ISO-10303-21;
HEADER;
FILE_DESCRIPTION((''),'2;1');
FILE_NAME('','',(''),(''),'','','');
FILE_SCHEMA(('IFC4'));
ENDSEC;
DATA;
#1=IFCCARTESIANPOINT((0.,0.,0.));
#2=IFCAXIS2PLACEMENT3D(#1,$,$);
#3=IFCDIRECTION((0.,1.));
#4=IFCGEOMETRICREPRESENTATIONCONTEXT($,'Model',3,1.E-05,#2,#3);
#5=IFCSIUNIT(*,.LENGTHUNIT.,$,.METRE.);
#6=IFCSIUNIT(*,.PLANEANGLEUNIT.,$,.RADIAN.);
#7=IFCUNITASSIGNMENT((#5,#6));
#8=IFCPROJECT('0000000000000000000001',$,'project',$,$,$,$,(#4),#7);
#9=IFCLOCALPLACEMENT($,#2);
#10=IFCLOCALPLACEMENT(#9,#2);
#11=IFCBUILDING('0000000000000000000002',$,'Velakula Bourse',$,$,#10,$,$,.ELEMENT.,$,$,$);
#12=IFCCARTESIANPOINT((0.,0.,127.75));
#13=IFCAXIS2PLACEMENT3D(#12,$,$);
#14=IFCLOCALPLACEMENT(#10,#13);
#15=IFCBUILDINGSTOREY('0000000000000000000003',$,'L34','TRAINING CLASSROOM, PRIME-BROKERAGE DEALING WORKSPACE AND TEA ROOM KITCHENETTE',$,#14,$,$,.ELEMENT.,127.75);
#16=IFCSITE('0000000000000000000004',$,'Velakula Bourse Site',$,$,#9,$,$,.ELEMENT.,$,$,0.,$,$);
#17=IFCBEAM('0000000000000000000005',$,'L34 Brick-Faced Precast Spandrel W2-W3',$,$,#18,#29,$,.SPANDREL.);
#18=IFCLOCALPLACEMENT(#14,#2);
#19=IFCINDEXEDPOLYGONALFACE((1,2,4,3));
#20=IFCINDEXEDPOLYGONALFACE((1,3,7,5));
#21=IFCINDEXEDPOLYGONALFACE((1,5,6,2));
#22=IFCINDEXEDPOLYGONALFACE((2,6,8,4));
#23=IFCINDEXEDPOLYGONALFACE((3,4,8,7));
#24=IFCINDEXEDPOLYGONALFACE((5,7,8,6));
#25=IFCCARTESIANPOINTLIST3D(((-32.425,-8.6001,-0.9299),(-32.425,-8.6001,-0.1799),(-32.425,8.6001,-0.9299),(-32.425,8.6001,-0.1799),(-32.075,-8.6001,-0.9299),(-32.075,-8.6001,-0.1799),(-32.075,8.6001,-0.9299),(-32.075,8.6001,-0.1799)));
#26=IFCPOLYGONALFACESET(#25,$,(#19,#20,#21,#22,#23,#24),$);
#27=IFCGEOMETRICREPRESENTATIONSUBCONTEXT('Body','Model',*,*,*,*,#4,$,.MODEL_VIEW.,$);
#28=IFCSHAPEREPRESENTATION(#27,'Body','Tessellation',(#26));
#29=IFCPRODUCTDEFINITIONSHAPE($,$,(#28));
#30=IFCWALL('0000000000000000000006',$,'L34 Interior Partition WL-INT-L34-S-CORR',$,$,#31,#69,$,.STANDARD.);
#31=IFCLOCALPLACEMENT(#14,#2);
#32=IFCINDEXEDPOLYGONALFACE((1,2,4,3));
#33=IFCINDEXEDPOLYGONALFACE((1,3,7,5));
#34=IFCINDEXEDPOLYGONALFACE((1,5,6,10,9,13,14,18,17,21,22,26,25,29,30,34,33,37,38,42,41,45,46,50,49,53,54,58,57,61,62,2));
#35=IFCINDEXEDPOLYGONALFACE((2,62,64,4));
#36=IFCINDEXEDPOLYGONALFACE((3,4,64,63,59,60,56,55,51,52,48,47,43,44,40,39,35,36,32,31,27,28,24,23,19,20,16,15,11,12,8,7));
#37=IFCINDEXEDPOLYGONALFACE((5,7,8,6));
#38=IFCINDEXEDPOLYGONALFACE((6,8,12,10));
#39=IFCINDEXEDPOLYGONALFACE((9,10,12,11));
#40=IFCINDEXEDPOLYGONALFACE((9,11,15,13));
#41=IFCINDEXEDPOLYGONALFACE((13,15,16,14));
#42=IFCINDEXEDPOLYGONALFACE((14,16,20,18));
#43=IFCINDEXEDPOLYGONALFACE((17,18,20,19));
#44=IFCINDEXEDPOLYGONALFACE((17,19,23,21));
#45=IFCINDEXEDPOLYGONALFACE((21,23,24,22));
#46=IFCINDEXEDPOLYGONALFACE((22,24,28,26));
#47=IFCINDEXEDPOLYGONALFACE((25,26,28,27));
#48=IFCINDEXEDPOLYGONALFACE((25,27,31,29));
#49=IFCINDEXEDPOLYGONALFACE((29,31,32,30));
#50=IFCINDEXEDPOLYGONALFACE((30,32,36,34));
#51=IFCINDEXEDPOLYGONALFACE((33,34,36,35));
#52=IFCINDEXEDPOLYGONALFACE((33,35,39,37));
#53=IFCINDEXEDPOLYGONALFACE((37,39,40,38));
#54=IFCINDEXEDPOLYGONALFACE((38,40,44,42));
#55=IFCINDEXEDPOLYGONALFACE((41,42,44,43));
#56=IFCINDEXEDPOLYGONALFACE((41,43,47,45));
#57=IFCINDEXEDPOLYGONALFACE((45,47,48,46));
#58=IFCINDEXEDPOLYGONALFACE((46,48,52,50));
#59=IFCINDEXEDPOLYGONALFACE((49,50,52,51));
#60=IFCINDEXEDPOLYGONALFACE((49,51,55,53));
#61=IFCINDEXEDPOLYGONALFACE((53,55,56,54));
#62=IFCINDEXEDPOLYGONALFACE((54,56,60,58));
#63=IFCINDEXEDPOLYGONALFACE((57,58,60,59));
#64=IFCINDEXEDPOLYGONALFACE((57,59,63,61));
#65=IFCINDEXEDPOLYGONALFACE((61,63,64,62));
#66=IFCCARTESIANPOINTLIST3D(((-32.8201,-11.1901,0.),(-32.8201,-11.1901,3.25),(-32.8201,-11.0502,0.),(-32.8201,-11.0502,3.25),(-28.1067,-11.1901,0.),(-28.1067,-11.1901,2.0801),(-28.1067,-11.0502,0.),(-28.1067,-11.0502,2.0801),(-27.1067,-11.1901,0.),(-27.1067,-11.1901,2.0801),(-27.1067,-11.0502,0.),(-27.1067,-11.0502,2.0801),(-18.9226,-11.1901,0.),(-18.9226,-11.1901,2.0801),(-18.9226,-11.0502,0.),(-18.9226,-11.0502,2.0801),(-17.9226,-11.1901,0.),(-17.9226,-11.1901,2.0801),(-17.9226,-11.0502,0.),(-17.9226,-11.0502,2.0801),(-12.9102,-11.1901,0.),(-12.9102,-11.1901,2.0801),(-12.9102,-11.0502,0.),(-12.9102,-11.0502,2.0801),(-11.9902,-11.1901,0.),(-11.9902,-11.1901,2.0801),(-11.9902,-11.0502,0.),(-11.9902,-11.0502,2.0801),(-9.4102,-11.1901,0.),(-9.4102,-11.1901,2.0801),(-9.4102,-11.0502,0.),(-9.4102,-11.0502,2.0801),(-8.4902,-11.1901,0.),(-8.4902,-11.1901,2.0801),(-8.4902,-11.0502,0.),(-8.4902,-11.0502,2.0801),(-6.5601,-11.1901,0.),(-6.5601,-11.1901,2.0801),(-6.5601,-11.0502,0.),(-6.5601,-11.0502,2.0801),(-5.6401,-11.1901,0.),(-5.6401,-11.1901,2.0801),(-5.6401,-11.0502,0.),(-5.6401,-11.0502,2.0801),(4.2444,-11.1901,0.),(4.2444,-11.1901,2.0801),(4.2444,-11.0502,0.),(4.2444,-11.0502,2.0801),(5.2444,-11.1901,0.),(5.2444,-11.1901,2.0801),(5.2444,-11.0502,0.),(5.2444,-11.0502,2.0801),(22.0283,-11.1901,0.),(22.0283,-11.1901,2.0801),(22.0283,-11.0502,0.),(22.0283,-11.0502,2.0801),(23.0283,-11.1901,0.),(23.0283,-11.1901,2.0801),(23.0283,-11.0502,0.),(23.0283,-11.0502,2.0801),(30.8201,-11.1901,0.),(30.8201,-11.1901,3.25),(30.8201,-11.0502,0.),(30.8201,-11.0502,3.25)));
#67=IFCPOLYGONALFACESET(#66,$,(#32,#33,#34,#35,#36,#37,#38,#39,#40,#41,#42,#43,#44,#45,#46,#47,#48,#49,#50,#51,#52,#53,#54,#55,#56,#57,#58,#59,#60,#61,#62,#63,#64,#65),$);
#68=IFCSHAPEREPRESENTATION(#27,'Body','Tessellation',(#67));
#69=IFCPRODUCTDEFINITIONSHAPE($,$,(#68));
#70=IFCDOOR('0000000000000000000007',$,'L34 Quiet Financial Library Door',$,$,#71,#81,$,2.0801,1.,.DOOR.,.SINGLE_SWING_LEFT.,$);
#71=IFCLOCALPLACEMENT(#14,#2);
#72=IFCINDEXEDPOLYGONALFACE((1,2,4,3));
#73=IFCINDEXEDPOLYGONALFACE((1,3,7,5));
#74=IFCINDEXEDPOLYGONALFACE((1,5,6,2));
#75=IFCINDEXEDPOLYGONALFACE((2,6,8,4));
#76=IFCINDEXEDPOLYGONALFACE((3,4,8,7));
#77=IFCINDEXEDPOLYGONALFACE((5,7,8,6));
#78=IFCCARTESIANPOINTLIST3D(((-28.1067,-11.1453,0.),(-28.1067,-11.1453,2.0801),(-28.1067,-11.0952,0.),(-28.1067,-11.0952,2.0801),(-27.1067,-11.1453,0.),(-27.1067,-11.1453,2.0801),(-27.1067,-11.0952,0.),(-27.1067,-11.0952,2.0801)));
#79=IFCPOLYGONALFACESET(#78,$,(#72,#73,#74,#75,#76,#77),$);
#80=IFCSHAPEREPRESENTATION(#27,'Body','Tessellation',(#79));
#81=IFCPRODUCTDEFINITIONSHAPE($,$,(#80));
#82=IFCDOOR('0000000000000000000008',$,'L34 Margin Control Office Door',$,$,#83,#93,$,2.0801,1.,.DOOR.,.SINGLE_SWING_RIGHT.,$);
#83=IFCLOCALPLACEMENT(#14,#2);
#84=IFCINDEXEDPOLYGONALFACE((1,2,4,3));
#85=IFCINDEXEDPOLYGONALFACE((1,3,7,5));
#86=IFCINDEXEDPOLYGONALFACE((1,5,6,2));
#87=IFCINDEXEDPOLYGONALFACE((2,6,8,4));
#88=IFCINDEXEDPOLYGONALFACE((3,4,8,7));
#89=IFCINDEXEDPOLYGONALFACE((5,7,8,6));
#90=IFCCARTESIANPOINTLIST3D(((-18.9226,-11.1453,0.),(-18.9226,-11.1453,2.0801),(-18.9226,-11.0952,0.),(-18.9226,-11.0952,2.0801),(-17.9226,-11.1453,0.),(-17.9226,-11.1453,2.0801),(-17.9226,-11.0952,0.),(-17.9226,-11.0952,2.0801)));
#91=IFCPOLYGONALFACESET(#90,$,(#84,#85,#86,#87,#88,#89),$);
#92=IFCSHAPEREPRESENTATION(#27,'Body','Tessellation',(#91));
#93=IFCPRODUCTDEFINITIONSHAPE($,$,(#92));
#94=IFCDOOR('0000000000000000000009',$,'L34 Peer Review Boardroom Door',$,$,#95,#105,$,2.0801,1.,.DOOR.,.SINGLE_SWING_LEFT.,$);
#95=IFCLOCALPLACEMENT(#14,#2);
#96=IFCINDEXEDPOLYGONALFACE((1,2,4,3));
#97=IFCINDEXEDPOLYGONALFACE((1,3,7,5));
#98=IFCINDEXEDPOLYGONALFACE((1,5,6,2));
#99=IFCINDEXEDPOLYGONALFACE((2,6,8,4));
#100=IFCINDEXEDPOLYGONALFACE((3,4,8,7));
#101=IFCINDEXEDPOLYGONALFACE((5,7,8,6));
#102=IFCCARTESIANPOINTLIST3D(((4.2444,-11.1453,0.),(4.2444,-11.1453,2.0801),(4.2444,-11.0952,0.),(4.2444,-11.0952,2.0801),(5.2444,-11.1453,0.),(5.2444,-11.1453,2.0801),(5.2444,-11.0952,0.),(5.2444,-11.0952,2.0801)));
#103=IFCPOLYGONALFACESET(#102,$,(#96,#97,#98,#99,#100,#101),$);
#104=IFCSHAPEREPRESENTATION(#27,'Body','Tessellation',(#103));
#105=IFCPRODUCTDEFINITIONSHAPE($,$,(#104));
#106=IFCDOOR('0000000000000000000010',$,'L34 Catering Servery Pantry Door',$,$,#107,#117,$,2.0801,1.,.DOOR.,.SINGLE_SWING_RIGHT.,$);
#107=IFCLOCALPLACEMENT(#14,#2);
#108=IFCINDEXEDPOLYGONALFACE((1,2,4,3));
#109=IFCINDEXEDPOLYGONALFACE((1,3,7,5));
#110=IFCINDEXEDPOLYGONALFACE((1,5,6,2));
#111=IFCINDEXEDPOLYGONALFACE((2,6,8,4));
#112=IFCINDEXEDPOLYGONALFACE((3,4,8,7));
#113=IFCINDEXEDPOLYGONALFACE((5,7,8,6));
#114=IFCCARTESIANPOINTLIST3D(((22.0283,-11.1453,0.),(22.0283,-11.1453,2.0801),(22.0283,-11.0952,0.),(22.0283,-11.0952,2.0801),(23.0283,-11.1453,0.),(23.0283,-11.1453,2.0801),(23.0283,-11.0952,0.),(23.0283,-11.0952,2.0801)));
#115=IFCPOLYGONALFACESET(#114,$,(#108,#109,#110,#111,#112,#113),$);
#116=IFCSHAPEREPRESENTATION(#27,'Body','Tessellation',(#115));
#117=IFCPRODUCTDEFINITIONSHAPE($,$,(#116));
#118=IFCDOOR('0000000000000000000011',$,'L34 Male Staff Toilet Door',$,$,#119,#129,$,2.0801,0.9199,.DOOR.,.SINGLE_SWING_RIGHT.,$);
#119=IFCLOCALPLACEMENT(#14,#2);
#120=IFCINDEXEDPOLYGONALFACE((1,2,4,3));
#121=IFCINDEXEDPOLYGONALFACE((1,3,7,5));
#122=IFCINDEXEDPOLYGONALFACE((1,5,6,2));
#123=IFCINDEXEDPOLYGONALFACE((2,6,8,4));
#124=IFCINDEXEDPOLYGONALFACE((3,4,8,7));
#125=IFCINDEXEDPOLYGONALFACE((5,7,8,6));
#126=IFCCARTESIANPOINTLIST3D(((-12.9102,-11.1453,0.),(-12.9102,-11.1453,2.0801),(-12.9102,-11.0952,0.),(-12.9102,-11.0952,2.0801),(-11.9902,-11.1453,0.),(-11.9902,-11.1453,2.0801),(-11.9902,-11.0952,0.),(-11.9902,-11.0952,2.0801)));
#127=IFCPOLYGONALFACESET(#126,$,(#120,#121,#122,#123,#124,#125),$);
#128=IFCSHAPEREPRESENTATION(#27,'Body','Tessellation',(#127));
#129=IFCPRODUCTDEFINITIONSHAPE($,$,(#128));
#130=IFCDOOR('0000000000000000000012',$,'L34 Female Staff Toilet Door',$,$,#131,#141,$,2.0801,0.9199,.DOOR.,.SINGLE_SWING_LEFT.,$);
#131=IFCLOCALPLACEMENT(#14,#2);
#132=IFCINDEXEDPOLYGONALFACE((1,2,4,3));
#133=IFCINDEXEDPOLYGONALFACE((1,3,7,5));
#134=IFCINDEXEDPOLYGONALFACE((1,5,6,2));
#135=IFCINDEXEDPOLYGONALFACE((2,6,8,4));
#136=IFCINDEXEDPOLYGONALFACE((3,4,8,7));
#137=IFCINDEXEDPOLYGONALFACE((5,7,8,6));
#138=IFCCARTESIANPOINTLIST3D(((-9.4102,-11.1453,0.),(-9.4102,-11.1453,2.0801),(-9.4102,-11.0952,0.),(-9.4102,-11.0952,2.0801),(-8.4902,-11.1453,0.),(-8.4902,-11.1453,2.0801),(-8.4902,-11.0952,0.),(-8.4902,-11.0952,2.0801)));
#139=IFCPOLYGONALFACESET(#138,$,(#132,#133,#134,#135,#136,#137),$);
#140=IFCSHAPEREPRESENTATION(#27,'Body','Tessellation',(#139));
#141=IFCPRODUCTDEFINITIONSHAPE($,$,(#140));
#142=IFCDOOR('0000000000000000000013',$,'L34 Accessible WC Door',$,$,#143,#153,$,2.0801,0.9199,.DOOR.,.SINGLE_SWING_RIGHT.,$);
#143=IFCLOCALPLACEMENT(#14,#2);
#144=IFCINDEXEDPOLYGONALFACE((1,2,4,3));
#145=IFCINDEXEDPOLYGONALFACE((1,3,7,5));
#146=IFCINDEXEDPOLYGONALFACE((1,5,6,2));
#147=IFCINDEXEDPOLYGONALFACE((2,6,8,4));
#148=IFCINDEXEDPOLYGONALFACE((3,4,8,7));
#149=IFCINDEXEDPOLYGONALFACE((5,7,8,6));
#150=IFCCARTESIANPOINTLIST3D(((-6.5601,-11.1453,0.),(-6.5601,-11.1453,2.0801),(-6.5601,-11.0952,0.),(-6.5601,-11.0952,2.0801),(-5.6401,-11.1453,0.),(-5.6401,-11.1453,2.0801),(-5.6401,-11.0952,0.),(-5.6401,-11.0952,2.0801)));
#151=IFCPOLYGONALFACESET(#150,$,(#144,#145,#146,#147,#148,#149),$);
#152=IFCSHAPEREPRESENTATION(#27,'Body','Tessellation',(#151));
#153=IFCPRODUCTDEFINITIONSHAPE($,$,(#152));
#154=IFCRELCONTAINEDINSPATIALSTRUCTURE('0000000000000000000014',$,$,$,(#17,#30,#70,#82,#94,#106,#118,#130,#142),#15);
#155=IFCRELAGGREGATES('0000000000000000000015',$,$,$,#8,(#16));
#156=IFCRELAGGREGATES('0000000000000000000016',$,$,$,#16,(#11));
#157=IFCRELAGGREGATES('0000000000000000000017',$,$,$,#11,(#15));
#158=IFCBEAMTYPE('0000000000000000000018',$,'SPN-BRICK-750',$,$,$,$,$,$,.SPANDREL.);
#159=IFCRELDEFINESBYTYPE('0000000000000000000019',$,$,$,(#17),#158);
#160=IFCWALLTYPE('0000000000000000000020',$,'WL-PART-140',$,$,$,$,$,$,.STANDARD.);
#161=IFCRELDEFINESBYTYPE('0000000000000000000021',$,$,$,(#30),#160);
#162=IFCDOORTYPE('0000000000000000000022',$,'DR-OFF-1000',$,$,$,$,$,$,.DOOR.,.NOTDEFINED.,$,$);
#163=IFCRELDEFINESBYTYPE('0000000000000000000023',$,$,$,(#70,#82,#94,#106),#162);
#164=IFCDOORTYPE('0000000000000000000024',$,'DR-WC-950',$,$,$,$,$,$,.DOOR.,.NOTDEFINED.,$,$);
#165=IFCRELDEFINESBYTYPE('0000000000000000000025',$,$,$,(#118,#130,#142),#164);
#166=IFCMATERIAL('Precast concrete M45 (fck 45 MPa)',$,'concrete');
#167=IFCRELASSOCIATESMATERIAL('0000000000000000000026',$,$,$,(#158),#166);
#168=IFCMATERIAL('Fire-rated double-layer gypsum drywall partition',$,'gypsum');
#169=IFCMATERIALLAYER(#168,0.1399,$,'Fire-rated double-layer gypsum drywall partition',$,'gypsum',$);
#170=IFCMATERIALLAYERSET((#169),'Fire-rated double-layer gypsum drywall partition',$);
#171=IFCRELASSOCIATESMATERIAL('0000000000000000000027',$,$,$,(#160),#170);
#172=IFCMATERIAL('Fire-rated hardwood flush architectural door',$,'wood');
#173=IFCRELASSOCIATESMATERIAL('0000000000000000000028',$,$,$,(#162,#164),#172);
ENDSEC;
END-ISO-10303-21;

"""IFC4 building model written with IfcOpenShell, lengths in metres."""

from ifc_helpers import new_model, si_unit, direction, frame, frame_2d, origin, origin_2d, place, context, subcontext, project, spatial, rectangle, extrude, material, layer, layer_set, material_profile, profile_set, type_object, element, fill, save


model = new_model("IFC4")

# Units and contexts
model_context = context("Model", 3, precision=1e-05, world=origin(), true_north=direction((0.0, 1.0)))
body_context = subcontext(model_context, "Body", "Model", "MODEL_VIEW")
ifc_project = project(units=[si_unit("LENGTHUNIT", "METRE"), si_unit("PLANEANGLEUNIT", "RADIAN")], contexts=[model_context])

# Site, building, storey
site_placement = place(None, origin())
site = spatial("IfcSite", under=ifc_project, at=site_placement, Name="Velakula Bourse Site", CompositionType="ELEMENT", RefElevation=0.0)
building_placement = place(site_placement, origin())
building = spatial("IfcBuilding", under=site, at=building_placement, Name="Velakula Bourse", CompositionType="ELEMENT")
storey_placement = place(building_placement, frame((0.0, 0.0, 127.75)))
storey = spatial("IfcBuildingStorey", under=building, at=storey_placement, Name="L34", Description="TRAINING CLASSROOM, PRIME-BROKERAGE DEALING WORKSPACE AND TEA ROOM KITCHENETTE", CompositionType="ELEMENT", Elevation=127.75)

# Beam
ifc_material_1 = material(Name="Precast concrete M45 (fck 45 MPa)", Category="concrete")
ifc_material_profile_1 = material_profile(ifc_material_1, rectangle(XDim=0.3501, YDim=0.75, at=origin_2d()), Name="Precast concrete M45 (fck 45 MPa)")
ifc_profile_set_1 = profile_set([ifc_material_profile_1], Name="Precast concrete M45 (fck 45 MPa)")
beam_type_1 = type_object("IfcBeamType", Name="SPN-BRICK-750", PredefinedType="SPANDREL", material=ifc_profile_set_1)
beam_1_placement = place(storey_placement, frame((-32.25, -8.6001, -0.5549), z_axis=(0.0, 1.0, 0.0), x_axis=(-1.0, 0.0, 0.0)))
element("IfcBeam", 1, at=beam_1_placement, inside=storey, type_object=beam_type_1, Name="L34 Brick-Faced Precast Spandrel W2-W3", PredefinedType="SPANDREL", context=body_context, shape_type="SweptSolid", body=[
    extrude(rectangle(XDim=0.3501, YDim=0.75, at=origin_2d()), origin(), (0.0, 0.0, 1.0), 17.2002),
])

# Wall, openings, doors
ifc_material_2 = material(Name="Fire-rated double-layer gypsum drywall partition", Category="gypsum")
ifc_layer = layer(ifc_material_2, 0.1399, Name="Fire-rated double-layer gypsum drywall partition", Category="gypsum")
ifc_layer_set = layer_set([ifc_layer], Name="Fire-rated double-layer gypsum drywall partition")
wall_type = type_object("IfcWallType", Name="WL-PART-140", PredefinedType="STANDARD", material=ifc_layer_set)
wall_1_placement = place(storey_placement, frame((-32.8201, -11.1201, 0.0), z_axis=(0.0, 0.0, 1.0), x_axis=(1.0, 0.0, 0.0)))
wall_1 = element("IfcWall", 2, at=wall_1_placement, inside=storey, type_object=wall_type, Name="L34 Interior Partition WL-INT-L34-S-CORR", PredefinedType="STANDARD", context=body_context, shape_type="SweptSolid", body=[
    extrude(rectangle(XDim=63.6401, YDim=0.1399, at=frame_2d((31.8201, 0.0))), origin(), (0.0, 0.0, 1.0), 3.25),
])
opening_1_placement = place(wall_1_placement, frame((19.9099, 0.0, 0.0)))
opening_1 = element("IfcOpeningElement", 3, at=opening_1_placement, cuts=wall_1, PredefinedType="OPENING", context=body_context, shape_type="SweptSolid", body=[
    extrude(rectangle(XDim=0.9199, YDim=2.0801, at=frame_2d((0.46, 1.04))), frame((0.0, 0.0798, 0.0), z_axis=(0.0, -1.0, 0.0), x_axis=(1.0, 0.0, 0.0)), (0.0, 0.0, 1.0), 0.1599),
])
opening_2_placement = place(wall_1_placement, frame((23.4099, 0.0, 0.0)))
opening_2 = element("IfcOpeningElement", 4, at=opening_2_placement, cuts=wall_1, PredefinedType="OPENING", context=body_context, shape_type="SweptSolid", body=[
    extrude(rectangle(XDim=0.9199, YDim=2.0801, at=frame_2d((0.46, 1.04))), frame((0.0, 0.0798, 0.0), z_axis=(0.0, -1.0, 0.0), x_axis=(1.0, 0.0, 0.0)), (0.0, 0.0, 1.0), 0.1599),
])
opening_3_placement = place(wall_1_placement, frame((26.26, 0.0, 0.0)))
opening_3 = element("IfcOpeningElement", 5, at=opening_3_placement, cuts=wall_1, PredefinedType="OPENING", context=body_context, shape_type="SweptSolid", body=[
    extrude(rectangle(XDim=0.9199, YDim=2.0801, at=frame_2d((0.46, 1.04))), frame((0.0, 0.0798, 0.0), z_axis=(0.0, -1.0, 0.0), x_axis=(1.0, 0.0, 0.0)), (0.0, 0.0, 1.0), 0.1599),
])
opening_4_placement = place(wall_1_placement, frame((4.7134, 0.0, 0.0)))
opening_4 = element("IfcOpeningElement", 6, at=opening_4_placement, cuts=wall_1, PredefinedType="OPENING", context=body_context, shape_type="SweptSolid", body=[
    extrude(rectangle(XDim=1.0, YDim=2.0801, at=frame_2d((0.5, 1.04))), frame((0.0, 0.0798, 0.0), z_axis=(0.0, -1.0, 0.0), x_axis=(1.0, 0.0, 0.0)), (0.0, 0.0, 1.0), 0.1599),
])
opening_5_placement = place(wall_1_placement, frame((13.8975, 0.0, 0.0)))
opening_5 = element("IfcOpeningElement", 7, at=opening_5_placement, cuts=wall_1, PredefinedType="OPENING", context=body_context, shape_type="SweptSolid", body=[
    extrude(rectangle(XDim=1.0, YDim=2.0801, at=frame_2d((0.5, 1.04))), frame((0.0, 0.0798, 0.0), z_axis=(0.0, -1.0, 0.0), x_axis=(1.0, 0.0, 0.0)), (0.0, 0.0, 1.0), 0.1599),
])
opening_6_placement = place(wall_1_placement, frame((37.0645, 0.0, 0.0)))
opening_6 = element("IfcOpeningElement", 8, at=opening_6_placement, cuts=wall_1, PredefinedType="OPENING", context=body_context, shape_type="SweptSolid", body=[
    extrude(rectangle(XDim=1.0, YDim=2.0801, at=frame_2d((0.5, 1.04))), frame((0.0, 0.0798, 0.0), z_axis=(0.0, -1.0, 0.0), x_axis=(1.0, 0.0, 0.0)), (0.0, 0.0, 1.0), 0.1599),
])
opening_7_placement = place(wall_1_placement, frame((54.8484, 0.0, 0.0)))
opening_7 = element("IfcOpeningElement", 9, at=opening_7_placement, cuts=wall_1, PredefinedType="OPENING", context=body_context, shape_type="SweptSolid", body=[
    extrude(rectangle(XDim=1.0, YDim=2.0801, at=frame_2d((0.5, 1.04))), frame((0.0, 0.0798, 0.0), z_axis=(0.0, -1.0, 0.0), x_axis=(1.0, 0.0, 0.0)), (0.0, 0.0, 1.0), 0.1599),
])
ifc_material_3 = material(Name="Fire-rated hardwood flush architectural door", Category="wood")
door_type_1 = type_object("IfcDoorType", Name="DR-OFF-1000", OperationType="NOTDEFINED", PredefinedType="DOOR", material=ifc_material_3)
door_1_placement = place(opening_4_placement, origin())
door_1 = element("IfcDoor", 10, at=door_1_placement, inside=storey, type_object=door_type_1, Name="L34 Quiet Financial Library Door", OperationType="SINGLE_SWING_LEFT", OverallHeight=2.0801, OverallWidth=1.0, PredefinedType="DOOR", context=body_context, shape_type="SweptSolid", body=[
    extrude(rectangle(XDim=1.0, YDim=2.0801, at=frame_2d((0.5, 1.04))), frame((0.0, 0.0249, 0.0), z_axis=(0.0, -1.0, 0.0), x_axis=(1.0, 0.0, 0.0)), (0.0, 0.0, 1.0), 0.05),
])
fill(opening_4, door_1)
door_2_placement = place(opening_5_placement, origin())
door_2 = element("IfcDoor", 11, at=door_2_placement, inside=storey, type_object=door_type_1, Name="L34 Margin Control Office Door", OperationType="SINGLE_SWING_RIGHT", OverallHeight=2.0801, OverallWidth=1.0, PredefinedType="DOOR", context=body_context, shape_type="SweptSolid", body=[
    extrude(rectangle(XDim=1.0, YDim=2.0801, at=frame_2d((0.5, 1.04))), frame((0.0, 0.0249, 0.0), z_axis=(0.0, -1.0, 0.0), x_axis=(1.0, 0.0, 0.0)), (0.0, 0.0, 1.0), 0.05),
])
fill(opening_5, door_2)
door_3_placement = place(opening_6_placement, origin())
door_3 = element("IfcDoor", 12, at=door_3_placement, inside=storey, type_object=door_type_1, Name="L34 Peer Review Boardroom Door", OperationType="SINGLE_SWING_LEFT", OverallHeight=2.0801, OverallWidth=1.0, PredefinedType="DOOR", context=body_context, shape_type="SweptSolid", body=[
    extrude(rectangle(XDim=1.0, YDim=2.0801, at=frame_2d((0.5, 1.04))), frame((0.0, 0.0249, 0.0), z_axis=(0.0, -1.0, 0.0), x_axis=(1.0, 0.0, 0.0)), (0.0, 0.0, 1.0), 0.05),
])
fill(opening_6, door_3)
door_4_placement = place(opening_7_placement, origin())
door_4 = element("IfcDoor", 13, at=door_4_placement, inside=storey, type_object=door_type_1, Name="L34 Catering Servery Pantry Door", OperationType="SINGLE_SWING_RIGHT", OverallHeight=2.0801, OverallWidth=1.0, PredefinedType="DOOR", context=body_context, shape_type="SweptSolid", body=[
    extrude(rectangle(XDim=1.0, YDim=2.0801, at=frame_2d((0.5, 1.04))), frame((0.0, 0.0249, 0.0), z_axis=(0.0, -1.0, 0.0), x_axis=(1.0, 0.0, 0.0)), (0.0, 0.0, 1.0), 0.05),
])
fill(opening_7, door_4)
door_type_2 = type_object("IfcDoorType", Name="DR-WC-950", OperationType="NOTDEFINED", PredefinedType="DOOR", material=ifc_material_3)
door_5_placement = place(opening_1_placement, origin())
door_5 = element("IfcDoor", 14, at=door_5_placement, inside=storey, type_object=door_type_2, Name="L34 Male Staff Toilet Door", OperationType="SINGLE_SWING_RIGHT", OverallHeight=2.0801, OverallWidth=0.9199, PredefinedType="DOOR", context=body_context, shape_type="SweptSolid", body=[
    extrude(rectangle(XDim=0.9199, YDim=2.0801, at=frame_2d((0.46, 1.04))), frame((0.0, 0.0249, 0.0), z_axis=(0.0, -1.0, 0.0), x_axis=(1.0, 0.0, 0.0)), (0.0, 0.0, 1.0), 0.05),
])
fill(opening_1, door_5)
door_6_placement = place(opening_2_placement, origin())
door_6 = element("IfcDoor", 15, at=door_6_placement, inside=storey, type_object=door_type_2, Name="L34 Female Staff Toilet Door", OperationType="SINGLE_SWING_LEFT", OverallHeight=2.0801, OverallWidth=0.9199, PredefinedType="DOOR", context=body_context, shape_type="SweptSolid", body=[
    extrude(rectangle(XDim=0.9199, YDim=2.0801, at=frame_2d((0.46, 1.04))), frame((0.0, 0.0249, 0.0), z_axis=(0.0, -1.0, 0.0), x_axis=(1.0, 0.0, 0.0)), (0.0, 0.0, 1.0), 0.05),
])
fill(opening_2, door_6)
door_7_placement = place(opening_3_placement, origin())
door_7 = element("IfcDoor", 16, at=door_7_placement, inside=storey, type_object=door_type_2, Name="L34 Accessible WC Door", OperationType="SINGLE_SWING_RIGHT", OverallHeight=2.0801, OverallWidth=0.9199, PredefinedType="DOOR", context=body_context, shape_type="SweptSolid", body=[
    extrude(rectangle(XDim=0.9199, YDim=2.0801, at=frame_2d((0.46, 1.04))), frame((0.0, 0.0249, 0.0), z_axis=(0.0, -1.0, 0.0), x_axis=(1.0, 0.0, 0.0)), (0.0, 0.0, 1.0), 0.05),
])
fill(opening_3, door_7)

save(model, "model.ifc")
